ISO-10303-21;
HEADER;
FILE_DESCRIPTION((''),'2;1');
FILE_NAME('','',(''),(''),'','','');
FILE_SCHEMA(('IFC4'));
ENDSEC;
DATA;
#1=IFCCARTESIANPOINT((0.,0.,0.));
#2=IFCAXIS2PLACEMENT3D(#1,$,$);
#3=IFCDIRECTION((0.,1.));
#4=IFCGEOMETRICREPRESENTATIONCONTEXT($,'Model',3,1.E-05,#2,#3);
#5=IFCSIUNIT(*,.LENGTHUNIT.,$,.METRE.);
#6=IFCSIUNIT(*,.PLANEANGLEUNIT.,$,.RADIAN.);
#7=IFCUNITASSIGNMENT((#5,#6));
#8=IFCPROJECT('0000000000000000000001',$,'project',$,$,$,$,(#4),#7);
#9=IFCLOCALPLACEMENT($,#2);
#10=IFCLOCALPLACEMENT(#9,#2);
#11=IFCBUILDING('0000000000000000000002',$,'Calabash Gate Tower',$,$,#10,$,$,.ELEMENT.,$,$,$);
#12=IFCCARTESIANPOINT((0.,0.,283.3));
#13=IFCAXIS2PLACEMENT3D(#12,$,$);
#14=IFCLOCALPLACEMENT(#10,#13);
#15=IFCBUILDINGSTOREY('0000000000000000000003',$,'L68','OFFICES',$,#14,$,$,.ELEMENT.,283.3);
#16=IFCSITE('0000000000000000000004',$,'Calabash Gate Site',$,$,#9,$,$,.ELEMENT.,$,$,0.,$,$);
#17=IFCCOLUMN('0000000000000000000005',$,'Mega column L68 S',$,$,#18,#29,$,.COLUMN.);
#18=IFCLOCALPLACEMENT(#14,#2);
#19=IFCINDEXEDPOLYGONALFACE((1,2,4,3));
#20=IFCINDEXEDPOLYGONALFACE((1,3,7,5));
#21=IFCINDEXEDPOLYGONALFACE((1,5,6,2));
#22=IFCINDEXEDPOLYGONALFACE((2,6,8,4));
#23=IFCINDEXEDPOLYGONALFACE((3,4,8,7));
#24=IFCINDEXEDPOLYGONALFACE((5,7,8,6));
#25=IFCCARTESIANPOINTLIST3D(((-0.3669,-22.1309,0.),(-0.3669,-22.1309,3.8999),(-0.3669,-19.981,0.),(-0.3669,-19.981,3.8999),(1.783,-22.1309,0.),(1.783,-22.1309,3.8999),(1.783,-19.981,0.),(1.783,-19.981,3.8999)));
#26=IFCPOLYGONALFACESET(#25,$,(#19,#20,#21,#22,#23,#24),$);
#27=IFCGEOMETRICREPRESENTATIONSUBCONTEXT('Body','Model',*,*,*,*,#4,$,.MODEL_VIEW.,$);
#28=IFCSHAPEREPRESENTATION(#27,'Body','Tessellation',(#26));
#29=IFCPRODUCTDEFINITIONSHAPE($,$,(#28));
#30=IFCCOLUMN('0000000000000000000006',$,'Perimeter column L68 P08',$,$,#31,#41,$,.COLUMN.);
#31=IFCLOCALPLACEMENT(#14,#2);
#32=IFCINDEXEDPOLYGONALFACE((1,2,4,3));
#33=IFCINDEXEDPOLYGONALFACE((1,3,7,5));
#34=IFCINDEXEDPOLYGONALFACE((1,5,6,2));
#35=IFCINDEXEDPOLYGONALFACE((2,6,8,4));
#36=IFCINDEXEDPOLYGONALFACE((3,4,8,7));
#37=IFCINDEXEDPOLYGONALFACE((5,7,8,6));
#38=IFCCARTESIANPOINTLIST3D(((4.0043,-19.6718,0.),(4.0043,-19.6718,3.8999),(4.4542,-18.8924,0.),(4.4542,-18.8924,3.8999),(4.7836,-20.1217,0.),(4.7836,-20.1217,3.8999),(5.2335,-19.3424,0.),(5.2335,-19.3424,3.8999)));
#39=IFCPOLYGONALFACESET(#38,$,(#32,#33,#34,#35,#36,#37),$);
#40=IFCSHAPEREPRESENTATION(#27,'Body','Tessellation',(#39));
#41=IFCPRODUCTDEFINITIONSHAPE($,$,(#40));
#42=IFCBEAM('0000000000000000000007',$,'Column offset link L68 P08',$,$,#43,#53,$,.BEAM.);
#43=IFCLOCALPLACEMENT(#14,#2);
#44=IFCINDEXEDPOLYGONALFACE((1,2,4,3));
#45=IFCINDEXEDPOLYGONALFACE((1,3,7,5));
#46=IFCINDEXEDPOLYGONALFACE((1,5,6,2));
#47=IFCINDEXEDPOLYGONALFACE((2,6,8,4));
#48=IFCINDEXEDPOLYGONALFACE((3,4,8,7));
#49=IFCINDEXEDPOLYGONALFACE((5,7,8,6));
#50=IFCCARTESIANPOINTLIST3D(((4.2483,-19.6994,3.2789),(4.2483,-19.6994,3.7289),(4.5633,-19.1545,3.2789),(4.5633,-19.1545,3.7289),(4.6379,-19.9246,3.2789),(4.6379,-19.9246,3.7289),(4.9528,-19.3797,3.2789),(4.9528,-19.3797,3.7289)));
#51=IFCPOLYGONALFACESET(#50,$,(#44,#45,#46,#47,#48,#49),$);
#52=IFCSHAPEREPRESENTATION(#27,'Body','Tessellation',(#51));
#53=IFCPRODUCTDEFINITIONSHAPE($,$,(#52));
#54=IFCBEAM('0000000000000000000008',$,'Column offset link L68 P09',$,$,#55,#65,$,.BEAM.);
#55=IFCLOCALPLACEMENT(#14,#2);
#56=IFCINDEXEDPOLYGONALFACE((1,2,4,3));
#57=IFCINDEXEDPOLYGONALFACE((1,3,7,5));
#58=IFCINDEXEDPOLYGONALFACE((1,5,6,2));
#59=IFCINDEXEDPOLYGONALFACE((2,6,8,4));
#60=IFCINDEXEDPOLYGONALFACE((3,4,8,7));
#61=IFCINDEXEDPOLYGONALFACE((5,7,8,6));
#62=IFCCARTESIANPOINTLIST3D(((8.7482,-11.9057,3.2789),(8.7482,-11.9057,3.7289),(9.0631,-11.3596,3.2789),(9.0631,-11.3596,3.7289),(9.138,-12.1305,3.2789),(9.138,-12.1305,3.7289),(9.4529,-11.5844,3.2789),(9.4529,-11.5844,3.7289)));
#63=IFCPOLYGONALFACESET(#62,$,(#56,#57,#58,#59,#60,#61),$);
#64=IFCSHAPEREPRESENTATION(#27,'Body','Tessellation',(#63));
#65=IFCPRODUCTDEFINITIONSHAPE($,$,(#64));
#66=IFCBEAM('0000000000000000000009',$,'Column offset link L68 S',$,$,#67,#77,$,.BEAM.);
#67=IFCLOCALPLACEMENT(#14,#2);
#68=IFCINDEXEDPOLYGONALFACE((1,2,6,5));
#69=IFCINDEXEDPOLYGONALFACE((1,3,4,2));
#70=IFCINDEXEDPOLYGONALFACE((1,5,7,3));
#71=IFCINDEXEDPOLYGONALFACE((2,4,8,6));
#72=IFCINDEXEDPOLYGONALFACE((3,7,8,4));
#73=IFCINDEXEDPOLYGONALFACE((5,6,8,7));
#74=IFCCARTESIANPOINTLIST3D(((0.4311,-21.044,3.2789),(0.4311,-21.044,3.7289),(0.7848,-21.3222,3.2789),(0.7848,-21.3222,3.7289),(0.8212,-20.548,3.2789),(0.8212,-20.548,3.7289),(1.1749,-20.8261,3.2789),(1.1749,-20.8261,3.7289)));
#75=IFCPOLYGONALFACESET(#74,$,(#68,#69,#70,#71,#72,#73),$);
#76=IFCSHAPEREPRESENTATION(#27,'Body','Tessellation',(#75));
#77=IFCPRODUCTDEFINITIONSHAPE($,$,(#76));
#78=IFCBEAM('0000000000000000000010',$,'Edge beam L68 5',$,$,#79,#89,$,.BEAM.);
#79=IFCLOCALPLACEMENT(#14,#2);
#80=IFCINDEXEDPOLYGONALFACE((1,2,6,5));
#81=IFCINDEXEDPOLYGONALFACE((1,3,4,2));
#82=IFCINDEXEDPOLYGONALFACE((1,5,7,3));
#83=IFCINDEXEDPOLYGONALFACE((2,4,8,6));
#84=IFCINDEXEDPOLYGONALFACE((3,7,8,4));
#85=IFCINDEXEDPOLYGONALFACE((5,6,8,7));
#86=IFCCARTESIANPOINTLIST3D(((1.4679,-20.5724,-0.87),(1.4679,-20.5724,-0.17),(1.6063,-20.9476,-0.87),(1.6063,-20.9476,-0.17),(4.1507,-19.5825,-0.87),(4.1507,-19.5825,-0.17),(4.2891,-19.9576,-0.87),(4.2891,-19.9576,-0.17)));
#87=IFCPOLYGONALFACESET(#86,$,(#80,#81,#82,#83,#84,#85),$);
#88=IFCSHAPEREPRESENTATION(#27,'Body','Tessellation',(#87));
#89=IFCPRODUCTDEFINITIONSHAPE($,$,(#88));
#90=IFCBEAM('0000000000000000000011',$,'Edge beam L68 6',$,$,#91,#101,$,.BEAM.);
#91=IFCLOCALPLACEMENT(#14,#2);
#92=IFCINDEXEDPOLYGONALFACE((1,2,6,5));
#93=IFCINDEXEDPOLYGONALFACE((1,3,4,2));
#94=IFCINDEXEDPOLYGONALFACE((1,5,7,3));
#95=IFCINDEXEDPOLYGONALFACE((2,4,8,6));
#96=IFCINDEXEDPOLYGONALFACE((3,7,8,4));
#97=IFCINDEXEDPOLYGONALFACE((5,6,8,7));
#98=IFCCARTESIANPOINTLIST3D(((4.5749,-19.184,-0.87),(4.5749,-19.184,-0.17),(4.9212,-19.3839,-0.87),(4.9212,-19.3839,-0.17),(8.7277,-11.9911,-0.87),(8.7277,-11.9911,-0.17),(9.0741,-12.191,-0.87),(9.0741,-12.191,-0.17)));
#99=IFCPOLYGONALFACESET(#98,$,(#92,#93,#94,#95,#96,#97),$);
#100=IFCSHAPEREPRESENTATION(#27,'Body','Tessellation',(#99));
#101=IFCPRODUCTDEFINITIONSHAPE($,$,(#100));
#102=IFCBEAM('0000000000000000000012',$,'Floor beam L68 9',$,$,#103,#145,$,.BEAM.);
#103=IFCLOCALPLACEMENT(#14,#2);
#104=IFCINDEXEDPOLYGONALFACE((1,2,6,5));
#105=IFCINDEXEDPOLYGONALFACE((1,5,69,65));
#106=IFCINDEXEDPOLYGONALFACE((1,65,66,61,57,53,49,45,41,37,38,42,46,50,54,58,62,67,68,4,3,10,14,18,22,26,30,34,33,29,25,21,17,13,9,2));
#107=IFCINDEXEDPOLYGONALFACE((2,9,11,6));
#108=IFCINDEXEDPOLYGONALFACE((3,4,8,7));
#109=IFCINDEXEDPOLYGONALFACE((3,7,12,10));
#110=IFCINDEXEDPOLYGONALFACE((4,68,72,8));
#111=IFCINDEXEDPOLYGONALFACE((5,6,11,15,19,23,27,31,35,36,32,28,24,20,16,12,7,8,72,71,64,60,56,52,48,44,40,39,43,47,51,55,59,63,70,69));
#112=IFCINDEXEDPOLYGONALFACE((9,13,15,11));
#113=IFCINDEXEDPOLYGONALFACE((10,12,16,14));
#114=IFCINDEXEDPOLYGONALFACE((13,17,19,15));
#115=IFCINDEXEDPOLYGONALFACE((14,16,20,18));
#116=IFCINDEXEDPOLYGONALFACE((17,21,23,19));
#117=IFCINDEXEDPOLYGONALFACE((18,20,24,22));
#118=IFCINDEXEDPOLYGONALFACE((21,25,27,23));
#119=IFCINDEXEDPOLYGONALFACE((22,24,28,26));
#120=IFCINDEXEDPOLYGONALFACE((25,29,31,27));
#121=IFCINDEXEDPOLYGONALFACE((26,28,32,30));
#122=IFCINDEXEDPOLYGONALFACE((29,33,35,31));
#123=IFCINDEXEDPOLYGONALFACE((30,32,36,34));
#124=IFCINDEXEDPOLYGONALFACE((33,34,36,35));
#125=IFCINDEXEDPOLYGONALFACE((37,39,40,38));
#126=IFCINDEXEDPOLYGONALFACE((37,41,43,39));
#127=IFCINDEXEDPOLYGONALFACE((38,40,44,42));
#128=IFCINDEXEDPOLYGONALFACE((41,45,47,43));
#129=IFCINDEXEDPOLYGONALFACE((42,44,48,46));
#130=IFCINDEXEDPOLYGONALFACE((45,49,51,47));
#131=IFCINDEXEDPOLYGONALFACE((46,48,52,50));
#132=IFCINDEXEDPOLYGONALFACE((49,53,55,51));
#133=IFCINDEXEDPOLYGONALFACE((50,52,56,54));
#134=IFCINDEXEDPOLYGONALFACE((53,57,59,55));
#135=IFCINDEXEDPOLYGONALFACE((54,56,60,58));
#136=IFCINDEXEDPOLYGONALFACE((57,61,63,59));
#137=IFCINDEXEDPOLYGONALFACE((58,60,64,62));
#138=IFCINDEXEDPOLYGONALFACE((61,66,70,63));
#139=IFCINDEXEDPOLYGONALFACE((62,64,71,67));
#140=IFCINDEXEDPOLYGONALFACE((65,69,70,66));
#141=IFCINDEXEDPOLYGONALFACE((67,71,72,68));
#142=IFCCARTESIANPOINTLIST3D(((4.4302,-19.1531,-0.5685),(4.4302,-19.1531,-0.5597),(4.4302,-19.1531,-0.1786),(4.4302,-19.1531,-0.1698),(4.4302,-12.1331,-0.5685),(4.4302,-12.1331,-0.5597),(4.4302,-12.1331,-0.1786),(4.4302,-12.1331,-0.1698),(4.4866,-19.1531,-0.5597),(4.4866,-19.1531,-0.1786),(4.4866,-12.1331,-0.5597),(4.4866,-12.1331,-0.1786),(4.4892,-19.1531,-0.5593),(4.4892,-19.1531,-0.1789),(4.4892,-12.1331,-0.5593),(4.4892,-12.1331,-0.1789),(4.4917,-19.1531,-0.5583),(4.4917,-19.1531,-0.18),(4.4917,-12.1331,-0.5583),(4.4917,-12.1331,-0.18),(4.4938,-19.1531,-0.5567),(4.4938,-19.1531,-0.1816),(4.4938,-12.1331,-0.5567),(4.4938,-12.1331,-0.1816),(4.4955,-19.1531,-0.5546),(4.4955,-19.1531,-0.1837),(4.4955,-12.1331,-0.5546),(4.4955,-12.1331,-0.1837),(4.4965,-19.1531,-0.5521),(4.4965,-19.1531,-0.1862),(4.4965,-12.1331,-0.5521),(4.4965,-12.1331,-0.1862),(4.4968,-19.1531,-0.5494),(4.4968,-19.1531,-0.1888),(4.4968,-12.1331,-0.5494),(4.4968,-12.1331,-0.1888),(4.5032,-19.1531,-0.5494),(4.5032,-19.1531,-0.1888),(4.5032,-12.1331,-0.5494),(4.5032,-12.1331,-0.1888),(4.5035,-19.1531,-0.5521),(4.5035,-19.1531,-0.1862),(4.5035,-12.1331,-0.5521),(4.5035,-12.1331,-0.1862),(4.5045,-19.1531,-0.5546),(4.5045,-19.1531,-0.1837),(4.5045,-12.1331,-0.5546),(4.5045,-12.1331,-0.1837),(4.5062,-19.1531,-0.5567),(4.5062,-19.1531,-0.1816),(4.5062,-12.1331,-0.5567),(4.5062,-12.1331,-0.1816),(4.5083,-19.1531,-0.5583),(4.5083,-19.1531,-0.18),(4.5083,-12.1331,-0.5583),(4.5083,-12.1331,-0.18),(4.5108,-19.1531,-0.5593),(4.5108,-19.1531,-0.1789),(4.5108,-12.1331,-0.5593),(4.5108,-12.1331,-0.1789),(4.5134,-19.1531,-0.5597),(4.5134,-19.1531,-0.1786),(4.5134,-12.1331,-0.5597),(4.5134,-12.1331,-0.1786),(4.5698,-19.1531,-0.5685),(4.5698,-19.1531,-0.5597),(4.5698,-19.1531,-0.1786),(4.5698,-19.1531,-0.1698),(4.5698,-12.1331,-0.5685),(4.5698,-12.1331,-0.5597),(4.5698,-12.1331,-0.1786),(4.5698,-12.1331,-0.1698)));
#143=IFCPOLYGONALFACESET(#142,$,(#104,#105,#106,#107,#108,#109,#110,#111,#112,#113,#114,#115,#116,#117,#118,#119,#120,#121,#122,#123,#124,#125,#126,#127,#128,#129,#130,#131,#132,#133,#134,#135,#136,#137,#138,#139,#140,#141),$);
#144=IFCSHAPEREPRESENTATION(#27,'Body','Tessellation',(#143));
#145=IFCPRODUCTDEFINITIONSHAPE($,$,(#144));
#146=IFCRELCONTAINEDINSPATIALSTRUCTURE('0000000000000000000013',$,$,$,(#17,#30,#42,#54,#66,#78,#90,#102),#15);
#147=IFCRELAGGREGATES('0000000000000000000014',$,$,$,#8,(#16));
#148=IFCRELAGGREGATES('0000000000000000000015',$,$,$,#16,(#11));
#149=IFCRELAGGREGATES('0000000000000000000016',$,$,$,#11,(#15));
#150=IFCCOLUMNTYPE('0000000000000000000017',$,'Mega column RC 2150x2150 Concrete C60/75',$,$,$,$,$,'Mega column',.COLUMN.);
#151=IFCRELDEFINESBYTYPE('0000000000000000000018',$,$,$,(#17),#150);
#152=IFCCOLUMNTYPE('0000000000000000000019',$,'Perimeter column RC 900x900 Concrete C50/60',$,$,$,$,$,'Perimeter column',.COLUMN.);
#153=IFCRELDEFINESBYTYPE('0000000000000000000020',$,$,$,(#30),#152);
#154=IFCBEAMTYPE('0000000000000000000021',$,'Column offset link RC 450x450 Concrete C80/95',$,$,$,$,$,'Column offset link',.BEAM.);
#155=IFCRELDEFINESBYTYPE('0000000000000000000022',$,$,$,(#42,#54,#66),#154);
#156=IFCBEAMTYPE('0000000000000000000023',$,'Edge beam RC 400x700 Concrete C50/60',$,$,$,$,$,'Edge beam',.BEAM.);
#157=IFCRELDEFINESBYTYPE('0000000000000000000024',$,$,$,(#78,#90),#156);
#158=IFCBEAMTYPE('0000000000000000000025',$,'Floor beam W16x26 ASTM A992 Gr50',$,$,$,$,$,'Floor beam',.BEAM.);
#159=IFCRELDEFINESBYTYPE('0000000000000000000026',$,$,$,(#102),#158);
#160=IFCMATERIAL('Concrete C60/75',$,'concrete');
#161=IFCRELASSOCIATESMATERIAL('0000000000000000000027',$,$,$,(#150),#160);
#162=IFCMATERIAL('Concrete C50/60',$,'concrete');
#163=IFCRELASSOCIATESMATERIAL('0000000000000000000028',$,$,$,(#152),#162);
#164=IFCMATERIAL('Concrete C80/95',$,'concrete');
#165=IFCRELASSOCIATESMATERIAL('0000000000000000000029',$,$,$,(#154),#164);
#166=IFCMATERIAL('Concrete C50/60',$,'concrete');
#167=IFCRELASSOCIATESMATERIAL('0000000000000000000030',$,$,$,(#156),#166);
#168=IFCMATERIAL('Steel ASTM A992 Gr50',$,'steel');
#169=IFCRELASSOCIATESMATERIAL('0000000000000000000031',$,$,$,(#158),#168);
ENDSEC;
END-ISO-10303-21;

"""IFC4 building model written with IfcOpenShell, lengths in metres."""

from ifc_helpers import new_model, si_unit, direction, frame, origin, origin_2d, place, context, subcontext, project, spatial, rectangle, i_section, extrude, material, material_profile, profile_set, type_object, element, save


model = new_model("IFC4")

# Units and contexts
model_context = context("Model", 3, precision=1e-05, world=origin(), true_north=direction((0.0, 1.0)))
body_context = subcontext(model_context, "Body", "Model", "MODEL_VIEW")
ifc_project = project(units=[si_unit("LENGTHUNIT", "METRE"), si_unit("PLANEANGLEUNIT", "RADIAN")], contexts=[model_context])

# Site, building, storey
site_placement = place(None, origin())
site = spatial("IfcSite", under=ifc_project, at=site_placement, Name="Calabash Gate Site", CompositionType="ELEMENT", RefElevation=0.0)
building_placement = place(site_placement, origin())
building = spatial("IfcBuilding", under=site, at=building_placement, Name="Calabash Gate Tower", CompositionType="ELEMENT")
storey_placement = place(building_placement, frame((0.0, 0.0, 283.3)))
storey = spatial("IfcBuildingStorey", under=building, at=storey_placement, Name="L68", Description="OFFICES", CompositionType="ELEMENT", Elevation=283.3)

# Columns
ifc_material_1 = material(Name="Concrete C60/75", Category="concrete")
ifc_material_profile_1 = material_profile(ifc_material_1, rectangle(XDim=2.1499, YDim=2.1499, at=origin_2d()))
ifc_profile_set_1 = profile_set([ifc_material_profile_1], Name="Concrete C60/75")
column_type_1 = type_object("IfcColumnType", Name="Mega column RC 2150x2150 Concrete C60/75", ElementType="Mega column", PredefinedType="COLUMN", material=ifc_profile_set_1)
column_1_placement = place(storey_placement, frame((0.708, -21.0559, 0.0), z_axis=(0.0, 0.0, 1.0), x_axis=(0.0, 1.0, 0.0)))
element("IfcColumn", 1, at=column_1_placement, inside=storey, type_object=column_type_1, Name="Mega column L68 S", PredefinedType="COLUMN", context=body_context, shape_type="SweptSolid", body=[
    extrude(rectangle(XDim=2.1499, YDim=2.1499, at=origin_2d()), origin(), (0.0, 0.0, 1.0), 3.8999),
])
ifc_material_2 = material(Name="Concrete C50/60", Category="concrete")
ifc_material_profile_2 = material_profile(ifc_material_2, rectangle(XDim=0.8999, YDim=0.8999, at=origin_2d()))
ifc_profile_set_2 = profile_set([ifc_material_profile_2], Name="Concrete C50/60")
column_type_2 = type_object("IfcColumnType", Name="Perimeter column RC 900x900 Concrete C50/60", ElementType="Perimeter column", PredefinedType="COLUMN", material=ifc_profile_set_2)
column_2_placement = place(storey_placement, frame((4.6189, -19.5071, 0.0), z_axis=(0.0, 0.0, 1.0), x_axis=(0.5, 0.866025, 0.0)))
element("IfcColumn", 2, at=column_2_placement, inside=storey, type_object=column_type_2, Name="Perimeter column L68 P08", PredefinedType="COLUMN", context=body_context, shape_type="SweptSolid", body=[
    extrude(rectangle(XDim=0.8999, YDim=0.8999, at=origin_2d()), origin(), (0.0, 0.0, 1.0), 3.8999),
])

# Beams
ifc_material_3 = material(Name="Concrete C80/95", Category="concrete")
ifc_material_profile_3 = material_profile(ifc_material_3, rectangle(XDim=0.45, YDim=0.45, at=origin_2d()))
ifc_profile_set_3 = profile_set([ifc_material_profile_3], Name="Concrete C80/95")
beam_type_1 = type_object("IfcBeamType", Name="Column offset link RC 450x450 Concrete C80/95", ElementType="Column offset link", PredefinedType="BEAM", material=ifc_profile_set_3)
beam_1_placement = place(storey_placement, frame((4.4431, -19.812, 3.5039), z_axis=(0.500394, 0.865798, 0.0), x_axis=(-0.865798, 0.500394, 0.0)))
element("IfcBeam", 3, at=beam_1_placement, inside=storey, type_object=beam_type_1, Name="Column offset link L68 P08", PredefinedType="BEAM", context=body_context, shape_type="SweptSolid", body=[
    extrude(rectangle(XDim=0.45, YDim=0.45, at=origin_2d()), origin(), (0.0, 0.0, 1.0), 0.6294),
])
beam_2_placement = place(storey_placement, frame((8.9431, -12.0181, 3.5039), z_axis=(0.499555, 0.866282, 0.0), x_axis=(-0.866282, 0.499555, 0.0)))
element("IfcBeam", 4, at=beam_2_placement, inside=storey, type_object=beam_type_1, Name="Column offset link L68 P09", PredefinedType="BEAM", context=body_context, shape_type="SweptSolid", body=[
    extrude(rectangle(XDim=0.45, YDim=0.45, at=origin_2d()), origin(), (0.0, 0.0, 1.0), 0.6304),
])
beam_3_placement = place(storey_placement, frame((0.6079, -21.1831, 3.5039), z_axis=(0.618163, 0.78605, 0.0), x_axis=(-0.78605, 0.618163, 0.0)))
element("IfcBeam", 5, at=beam_3_placement, inside=storey, type_object=beam_type_1, Name="Column offset link L68 S", PredefinedType="BEAM", context=body_context, shape_type="SweptSolid", body=[
    extrude(rectangle(XDim=0.45, YDim=0.45, at=origin_2d()), origin(), (0.0, 0.0, 1.0), 0.6311),
])
ifc_material_4 = material(Name="Concrete C50/60", Category="concrete")
ifc_material_profile_4 = material_profile(ifc_material_4, rectangle(XDim=0.3999, YDim=0.7, at=origin_2d()))
ifc_profile_set_4 = profile_set([ifc_material_profile_4], Name="Concrete C50/60")
beam_type_2 = type_object("IfcBeamType", Name="Edge beam RC 400x700 Concrete C50/60", ElementType="Edge beam", PredefinedType="BEAM", material=ifc_profile_set_4)
beam_4_placement = place(storey_placement, frame((1.5371, -20.76, -0.52), z_axis=(0.938165, 0.346188, 0.0), x_axis=(-0.346188, 0.938165, 0.0)))
element("IfcBeam", 6, at=beam_4_placement, inside=storey, type_object=beam_type_2, Name="Edge beam L68 5", PredefinedType="BEAM", context=body_context, shape_type="SweptSolid", body=[
    extrude(rectangle(XDim=0.3999, YDim=0.7, at=origin_2d()), origin(), (0.0, 0.0, 1.0), 2.8596),
])
beam_5_placement = place(storey_placement, frame((4.748, -19.2839, -0.52), z_axis=(0.500002, 0.866024, 0.0), x_axis=(-0.866024, 0.500002, 0.0)))
element("IfcBeam", 7, at=beam_5_placement, inside=storey, type_object=beam_type_2, Name="Edge beam L68 6", PredefinedType="BEAM", context=body_context, shape_type="SweptSolid", body=[
    extrude(rectangle(XDim=0.3999, YDim=0.7, at=origin_2d()), origin(), (0.0, 0.0, 1.0), 8.3057),
])
ifc_material_5 = material(Name="Steel ASTM A992 Gr50", Category="steel")
ifc_material_profile_5 = material_profile(ifc_material_5, i_section(OverallWidth=0.1396, OverallDepth=0.3987, WebThickness=0.0063, FlangeThickness=0.0088, FilletRadius=0.0103, at=origin_2d()))
ifc_profile_set_5 = profile_set([ifc_material_profile_5], Name="Steel ASTM A992 Gr50")
beam_type_3 = type_object("IfcBeamType", Name="Floor beam W16x26 ASTM A992 Gr50", ElementType="Floor beam", PredefinedType="BEAM", material=ifc_profile_set_5)
beam_6_placement = place(storey_placement, frame((4.5, -19.1531, -0.3691), z_axis=(0.0, 1.0, 0.0), x_axis=(-1.0, 0.0, 0.0)))
element("IfcBeam", 8, at=beam_6_placement, inside=storey, type_object=beam_type_3, Name="Floor beam L68 9", PredefinedType="BEAM", context=body_context, shape_type="SweptSolid", body=[
    extrude(i_section(OverallWidth=0.1396, OverallDepth=0.3987, WebThickness=0.0063, FlangeThickness=0.0088, FilletRadius=0.0103, at=origin_2d()), origin(), (0.0, 0.0, 1.0), 7.02),
])

save(model, "model.ifc")
